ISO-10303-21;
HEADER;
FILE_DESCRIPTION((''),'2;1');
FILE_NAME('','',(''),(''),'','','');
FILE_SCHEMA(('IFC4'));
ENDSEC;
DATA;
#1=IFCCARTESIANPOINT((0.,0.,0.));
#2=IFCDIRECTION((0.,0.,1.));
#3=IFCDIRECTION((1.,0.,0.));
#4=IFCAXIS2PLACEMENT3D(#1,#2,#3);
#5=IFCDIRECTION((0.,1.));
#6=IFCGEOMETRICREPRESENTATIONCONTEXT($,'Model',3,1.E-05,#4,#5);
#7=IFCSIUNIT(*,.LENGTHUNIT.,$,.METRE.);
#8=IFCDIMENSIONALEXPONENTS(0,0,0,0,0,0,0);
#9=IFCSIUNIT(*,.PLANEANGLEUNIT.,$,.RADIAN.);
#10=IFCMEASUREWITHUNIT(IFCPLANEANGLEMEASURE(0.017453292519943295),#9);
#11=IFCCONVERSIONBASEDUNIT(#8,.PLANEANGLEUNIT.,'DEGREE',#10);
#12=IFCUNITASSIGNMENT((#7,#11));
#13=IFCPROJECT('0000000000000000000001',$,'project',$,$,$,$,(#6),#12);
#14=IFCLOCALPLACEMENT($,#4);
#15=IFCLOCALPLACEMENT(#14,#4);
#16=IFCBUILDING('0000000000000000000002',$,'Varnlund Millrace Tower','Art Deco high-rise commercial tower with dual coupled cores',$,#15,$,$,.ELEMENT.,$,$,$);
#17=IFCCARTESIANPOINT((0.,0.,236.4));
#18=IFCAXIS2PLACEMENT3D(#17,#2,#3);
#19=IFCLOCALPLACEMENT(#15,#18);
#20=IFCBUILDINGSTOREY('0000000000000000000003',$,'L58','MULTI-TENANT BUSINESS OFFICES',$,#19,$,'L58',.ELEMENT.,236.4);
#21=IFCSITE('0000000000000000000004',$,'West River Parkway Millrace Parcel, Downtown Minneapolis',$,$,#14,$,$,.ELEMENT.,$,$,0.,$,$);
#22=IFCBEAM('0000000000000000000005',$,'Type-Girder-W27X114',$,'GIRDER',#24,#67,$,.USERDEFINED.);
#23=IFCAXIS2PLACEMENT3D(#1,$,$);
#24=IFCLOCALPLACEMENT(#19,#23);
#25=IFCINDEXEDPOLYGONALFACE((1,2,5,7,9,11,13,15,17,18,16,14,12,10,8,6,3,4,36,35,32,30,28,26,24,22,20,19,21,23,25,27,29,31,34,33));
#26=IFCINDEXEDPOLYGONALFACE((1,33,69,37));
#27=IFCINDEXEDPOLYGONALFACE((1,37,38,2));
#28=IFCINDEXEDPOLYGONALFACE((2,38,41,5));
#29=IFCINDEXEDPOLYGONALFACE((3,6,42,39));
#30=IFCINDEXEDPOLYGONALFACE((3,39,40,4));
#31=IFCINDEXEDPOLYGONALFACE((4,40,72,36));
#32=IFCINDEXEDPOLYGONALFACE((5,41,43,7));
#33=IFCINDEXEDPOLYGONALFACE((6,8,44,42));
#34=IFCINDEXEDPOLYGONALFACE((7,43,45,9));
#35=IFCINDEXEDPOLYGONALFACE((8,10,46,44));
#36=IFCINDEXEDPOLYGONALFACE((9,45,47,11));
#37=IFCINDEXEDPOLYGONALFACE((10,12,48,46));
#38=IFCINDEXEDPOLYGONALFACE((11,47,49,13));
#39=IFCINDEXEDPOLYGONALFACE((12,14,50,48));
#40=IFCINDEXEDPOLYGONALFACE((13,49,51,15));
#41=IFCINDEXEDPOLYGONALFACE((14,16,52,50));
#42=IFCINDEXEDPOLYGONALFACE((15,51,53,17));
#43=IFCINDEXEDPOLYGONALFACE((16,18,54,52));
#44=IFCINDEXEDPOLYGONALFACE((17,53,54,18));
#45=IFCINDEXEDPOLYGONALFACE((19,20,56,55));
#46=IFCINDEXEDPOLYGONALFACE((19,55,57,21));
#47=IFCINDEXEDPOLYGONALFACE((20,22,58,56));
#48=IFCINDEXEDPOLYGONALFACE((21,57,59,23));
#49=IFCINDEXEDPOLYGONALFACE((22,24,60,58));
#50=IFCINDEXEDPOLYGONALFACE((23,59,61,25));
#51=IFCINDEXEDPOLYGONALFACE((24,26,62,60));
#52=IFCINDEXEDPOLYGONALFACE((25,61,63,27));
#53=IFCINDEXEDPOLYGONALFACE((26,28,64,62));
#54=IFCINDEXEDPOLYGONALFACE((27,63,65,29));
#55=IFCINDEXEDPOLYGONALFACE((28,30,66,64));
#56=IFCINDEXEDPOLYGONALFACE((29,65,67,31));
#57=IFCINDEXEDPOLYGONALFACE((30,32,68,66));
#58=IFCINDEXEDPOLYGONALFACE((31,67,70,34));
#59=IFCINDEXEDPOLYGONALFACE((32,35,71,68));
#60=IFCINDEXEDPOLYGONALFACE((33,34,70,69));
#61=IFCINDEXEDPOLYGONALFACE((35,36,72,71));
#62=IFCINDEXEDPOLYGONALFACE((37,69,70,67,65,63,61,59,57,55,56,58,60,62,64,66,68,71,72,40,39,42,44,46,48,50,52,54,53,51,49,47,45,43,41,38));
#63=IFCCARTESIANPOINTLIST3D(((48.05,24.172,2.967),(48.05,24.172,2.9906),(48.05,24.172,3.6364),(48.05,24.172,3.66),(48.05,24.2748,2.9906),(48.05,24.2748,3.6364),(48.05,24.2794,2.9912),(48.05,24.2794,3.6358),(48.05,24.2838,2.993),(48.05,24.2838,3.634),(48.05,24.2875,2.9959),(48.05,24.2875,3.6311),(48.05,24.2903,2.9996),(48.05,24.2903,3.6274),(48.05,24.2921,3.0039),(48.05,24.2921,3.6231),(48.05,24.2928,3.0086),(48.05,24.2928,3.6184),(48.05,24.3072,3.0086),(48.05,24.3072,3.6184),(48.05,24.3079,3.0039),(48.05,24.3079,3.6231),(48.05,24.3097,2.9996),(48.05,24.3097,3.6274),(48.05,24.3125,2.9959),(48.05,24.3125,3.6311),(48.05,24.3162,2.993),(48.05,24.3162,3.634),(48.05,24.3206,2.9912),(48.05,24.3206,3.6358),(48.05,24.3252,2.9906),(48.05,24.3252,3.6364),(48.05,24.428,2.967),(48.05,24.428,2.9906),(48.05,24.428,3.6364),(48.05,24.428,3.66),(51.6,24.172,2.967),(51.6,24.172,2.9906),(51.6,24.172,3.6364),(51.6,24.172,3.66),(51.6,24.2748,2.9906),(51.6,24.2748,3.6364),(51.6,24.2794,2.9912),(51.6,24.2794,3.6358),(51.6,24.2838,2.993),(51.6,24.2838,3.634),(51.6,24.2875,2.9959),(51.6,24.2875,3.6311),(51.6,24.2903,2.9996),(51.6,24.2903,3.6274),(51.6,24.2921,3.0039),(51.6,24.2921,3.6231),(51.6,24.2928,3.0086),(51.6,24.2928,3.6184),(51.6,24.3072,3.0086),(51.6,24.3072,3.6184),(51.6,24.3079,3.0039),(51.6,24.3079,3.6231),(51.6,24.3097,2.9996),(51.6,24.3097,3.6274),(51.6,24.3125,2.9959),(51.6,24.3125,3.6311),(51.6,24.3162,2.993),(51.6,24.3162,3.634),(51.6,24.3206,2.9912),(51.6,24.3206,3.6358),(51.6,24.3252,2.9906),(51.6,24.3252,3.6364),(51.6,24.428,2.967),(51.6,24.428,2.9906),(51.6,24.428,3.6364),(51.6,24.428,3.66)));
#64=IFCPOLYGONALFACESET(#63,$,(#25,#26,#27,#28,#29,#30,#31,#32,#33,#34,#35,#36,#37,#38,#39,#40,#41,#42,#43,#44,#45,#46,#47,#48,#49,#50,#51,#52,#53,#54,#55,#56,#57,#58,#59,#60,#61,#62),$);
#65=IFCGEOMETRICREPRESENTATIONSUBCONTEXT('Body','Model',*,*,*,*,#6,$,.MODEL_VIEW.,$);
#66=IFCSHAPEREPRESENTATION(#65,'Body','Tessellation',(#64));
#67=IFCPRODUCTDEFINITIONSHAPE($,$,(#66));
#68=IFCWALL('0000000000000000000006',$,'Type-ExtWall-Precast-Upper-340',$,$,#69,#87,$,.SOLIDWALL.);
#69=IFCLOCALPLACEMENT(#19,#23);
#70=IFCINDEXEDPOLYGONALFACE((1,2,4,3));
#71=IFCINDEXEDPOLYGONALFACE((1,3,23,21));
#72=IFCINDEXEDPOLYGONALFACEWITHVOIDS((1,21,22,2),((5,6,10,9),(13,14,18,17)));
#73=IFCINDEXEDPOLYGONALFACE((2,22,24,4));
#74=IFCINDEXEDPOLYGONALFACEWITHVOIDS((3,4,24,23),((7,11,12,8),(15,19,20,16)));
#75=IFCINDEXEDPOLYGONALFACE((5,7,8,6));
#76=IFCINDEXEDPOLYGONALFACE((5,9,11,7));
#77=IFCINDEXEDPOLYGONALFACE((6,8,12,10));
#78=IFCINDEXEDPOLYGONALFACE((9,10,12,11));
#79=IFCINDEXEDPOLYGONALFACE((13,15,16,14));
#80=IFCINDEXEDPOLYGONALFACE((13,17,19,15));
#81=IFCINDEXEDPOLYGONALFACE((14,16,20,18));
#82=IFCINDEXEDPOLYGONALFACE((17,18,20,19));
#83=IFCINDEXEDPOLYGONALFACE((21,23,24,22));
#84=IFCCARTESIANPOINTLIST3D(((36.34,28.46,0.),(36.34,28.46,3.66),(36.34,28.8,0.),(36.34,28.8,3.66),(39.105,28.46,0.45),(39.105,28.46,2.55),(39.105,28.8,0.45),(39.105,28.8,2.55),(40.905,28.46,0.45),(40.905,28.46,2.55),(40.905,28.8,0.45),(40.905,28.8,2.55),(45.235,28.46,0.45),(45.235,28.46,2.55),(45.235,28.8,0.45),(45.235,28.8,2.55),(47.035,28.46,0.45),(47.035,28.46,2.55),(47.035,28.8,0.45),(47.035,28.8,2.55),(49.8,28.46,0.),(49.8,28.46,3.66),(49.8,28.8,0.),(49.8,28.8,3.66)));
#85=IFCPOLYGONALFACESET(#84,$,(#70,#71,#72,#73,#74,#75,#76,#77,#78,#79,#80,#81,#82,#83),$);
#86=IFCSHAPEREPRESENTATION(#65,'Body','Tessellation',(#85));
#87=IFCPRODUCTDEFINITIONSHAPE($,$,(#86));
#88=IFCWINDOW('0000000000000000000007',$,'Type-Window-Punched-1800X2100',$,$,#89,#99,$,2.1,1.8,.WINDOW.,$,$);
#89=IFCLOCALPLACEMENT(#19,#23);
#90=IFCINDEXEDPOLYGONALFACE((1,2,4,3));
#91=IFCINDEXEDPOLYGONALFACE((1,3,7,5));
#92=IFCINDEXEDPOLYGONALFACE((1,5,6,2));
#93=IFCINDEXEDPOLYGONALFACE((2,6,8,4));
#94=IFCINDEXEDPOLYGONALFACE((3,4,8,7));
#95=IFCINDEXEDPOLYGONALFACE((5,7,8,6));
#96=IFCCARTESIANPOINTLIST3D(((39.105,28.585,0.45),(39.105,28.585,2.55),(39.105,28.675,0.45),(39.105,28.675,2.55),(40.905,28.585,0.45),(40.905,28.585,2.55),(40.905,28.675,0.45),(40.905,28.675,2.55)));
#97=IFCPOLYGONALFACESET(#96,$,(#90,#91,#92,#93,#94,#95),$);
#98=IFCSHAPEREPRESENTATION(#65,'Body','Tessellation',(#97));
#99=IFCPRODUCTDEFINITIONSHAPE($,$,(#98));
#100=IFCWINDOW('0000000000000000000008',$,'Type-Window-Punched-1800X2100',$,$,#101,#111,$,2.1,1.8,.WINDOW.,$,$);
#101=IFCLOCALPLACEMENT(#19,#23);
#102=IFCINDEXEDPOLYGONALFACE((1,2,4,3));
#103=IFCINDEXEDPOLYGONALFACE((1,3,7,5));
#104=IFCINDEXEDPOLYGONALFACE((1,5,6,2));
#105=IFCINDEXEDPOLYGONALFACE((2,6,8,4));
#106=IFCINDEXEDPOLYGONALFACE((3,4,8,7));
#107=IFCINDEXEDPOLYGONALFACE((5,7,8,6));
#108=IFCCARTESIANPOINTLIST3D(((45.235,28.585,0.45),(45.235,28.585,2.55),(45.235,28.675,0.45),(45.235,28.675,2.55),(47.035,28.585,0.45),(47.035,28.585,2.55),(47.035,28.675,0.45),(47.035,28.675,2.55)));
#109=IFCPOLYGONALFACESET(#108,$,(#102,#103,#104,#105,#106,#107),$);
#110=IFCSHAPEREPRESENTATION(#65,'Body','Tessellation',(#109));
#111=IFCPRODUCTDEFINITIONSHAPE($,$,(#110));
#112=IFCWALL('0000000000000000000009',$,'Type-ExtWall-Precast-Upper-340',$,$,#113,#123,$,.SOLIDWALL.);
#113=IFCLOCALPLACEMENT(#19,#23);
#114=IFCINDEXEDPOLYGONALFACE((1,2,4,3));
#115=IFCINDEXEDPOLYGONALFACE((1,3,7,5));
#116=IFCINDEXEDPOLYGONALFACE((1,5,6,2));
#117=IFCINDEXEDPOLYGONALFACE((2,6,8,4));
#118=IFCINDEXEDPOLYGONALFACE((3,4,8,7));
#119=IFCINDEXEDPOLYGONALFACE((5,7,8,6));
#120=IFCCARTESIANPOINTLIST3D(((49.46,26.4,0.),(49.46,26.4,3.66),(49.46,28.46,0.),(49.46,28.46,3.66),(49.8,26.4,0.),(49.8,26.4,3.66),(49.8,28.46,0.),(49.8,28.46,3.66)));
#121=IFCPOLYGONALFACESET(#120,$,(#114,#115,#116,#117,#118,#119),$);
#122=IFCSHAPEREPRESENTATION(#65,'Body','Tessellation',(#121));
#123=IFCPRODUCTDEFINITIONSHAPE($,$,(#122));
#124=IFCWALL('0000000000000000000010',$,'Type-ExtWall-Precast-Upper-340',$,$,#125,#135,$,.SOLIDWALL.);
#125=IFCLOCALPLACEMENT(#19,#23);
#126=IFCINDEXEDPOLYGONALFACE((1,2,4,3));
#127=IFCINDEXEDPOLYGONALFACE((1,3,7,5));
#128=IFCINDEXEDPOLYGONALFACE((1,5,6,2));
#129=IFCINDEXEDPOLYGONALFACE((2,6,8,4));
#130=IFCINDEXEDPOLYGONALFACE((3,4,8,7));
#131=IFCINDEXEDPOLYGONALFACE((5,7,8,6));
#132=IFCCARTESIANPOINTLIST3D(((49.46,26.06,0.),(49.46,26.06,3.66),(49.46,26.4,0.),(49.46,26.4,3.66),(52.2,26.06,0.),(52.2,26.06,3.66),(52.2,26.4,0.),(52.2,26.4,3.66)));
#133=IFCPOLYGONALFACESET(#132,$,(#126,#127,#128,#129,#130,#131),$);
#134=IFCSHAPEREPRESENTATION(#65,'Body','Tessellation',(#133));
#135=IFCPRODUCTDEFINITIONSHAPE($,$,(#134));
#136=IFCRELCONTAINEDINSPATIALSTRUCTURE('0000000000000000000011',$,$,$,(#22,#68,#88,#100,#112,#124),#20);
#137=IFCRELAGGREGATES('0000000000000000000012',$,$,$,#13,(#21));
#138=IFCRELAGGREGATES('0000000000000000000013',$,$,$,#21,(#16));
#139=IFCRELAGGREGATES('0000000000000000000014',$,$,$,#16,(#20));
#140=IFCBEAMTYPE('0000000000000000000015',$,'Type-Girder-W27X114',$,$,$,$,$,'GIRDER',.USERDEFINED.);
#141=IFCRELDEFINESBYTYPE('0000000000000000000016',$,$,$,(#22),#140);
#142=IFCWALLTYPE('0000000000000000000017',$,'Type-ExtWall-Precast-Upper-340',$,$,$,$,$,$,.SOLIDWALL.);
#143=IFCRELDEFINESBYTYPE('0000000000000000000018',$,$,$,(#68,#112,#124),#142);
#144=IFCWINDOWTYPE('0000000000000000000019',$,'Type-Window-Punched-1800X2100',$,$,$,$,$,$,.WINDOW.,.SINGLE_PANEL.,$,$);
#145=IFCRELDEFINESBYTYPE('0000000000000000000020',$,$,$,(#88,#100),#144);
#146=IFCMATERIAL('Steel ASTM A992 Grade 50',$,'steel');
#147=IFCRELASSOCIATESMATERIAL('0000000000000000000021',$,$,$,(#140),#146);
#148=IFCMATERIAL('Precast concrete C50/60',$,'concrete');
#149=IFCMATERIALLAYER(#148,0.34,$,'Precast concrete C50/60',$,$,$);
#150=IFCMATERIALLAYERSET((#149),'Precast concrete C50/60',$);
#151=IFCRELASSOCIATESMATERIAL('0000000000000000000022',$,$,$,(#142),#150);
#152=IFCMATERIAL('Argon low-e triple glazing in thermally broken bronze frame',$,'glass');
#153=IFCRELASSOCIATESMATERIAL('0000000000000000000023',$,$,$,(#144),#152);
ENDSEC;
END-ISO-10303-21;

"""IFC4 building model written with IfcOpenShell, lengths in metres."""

from ifc_helpers import new_model, entity, si_unit, converted_unit, direction, frame, origin_with_axes, origin_2d_with_axis, place, context, subcontext, project, spatial, polyline, rectangle, i_section, outline, extrude, material, layer, layer_set, material_profile, profile_set, type_object, element, fill, save


model = new_model("IFC4")

# Units and contexts
model_context = context("Model", 3, precision=1e-05, world=origin_with_axes(), true_north=direction((0.0, 1.0)))
body_context = subcontext(model_context, "Body", "Model", "MODEL_VIEW")
ifc_project = project(units=[si_unit("LENGTHUNIT", "METRE"), converted_unit("PLANEANGLEUNIT", "DEGREE", entity("IfcPlaneAngleMeasure", 0.017453292519943295), si_unit("PLANEANGLEUNIT", "RADIAN"), dimensions=[0, 0, 0, 0, 0, 0, 0])], contexts=[model_context])

# Site, building, storey
site_placement = place(None, origin_with_axes())
site = spatial("IfcSite", under=ifc_project, at=site_placement, Name="West River Parkway Millrace Parcel, Downtown Minneapolis", CompositionType="ELEMENT", RefElevation=0.0)
building_placement = place(site_placement, origin_with_axes())
building = spatial("IfcBuilding", under=site, at=building_placement, Name="Varnlund Millrace Tower", Description="Art Deco high-rise commercial tower with dual coupled cores", CompositionType="ELEMENT")
storey_placement = place(building_placement, frame((0.0, 0.0, 236.4), z_axis=(0.0, 0.0, 1.0), x_axis=(1.0, 0.0, 0.0)))
storey = spatial("IfcBuildingStorey", under=building, at=storey_placement, Name="L58", Description="MULTI-TENANT BUSINESS OFFICES", LongName="L58", CompositionType="ELEMENT", Elevation=236.4)

# Beam
ifc_material_1 = material(Name="Steel ASTM A992 Grade 50", Category="steel")
ifc_material_profile = material_profile(ifc_material_1, i_section(OverallWidth=0.256, OverallDepth=0.693, WebThickness=0.0145, FlangeThickness=0.0236, FilletRadius=0.018, at=origin_2d_with_axis()), Name="Steel ASTM A992 Grade 50")
ifc_profile_set = profile_set([ifc_material_profile], Name="Steel ASTM A992 Grade 50")
beam_type = type_object("IfcBeamType", Name="Type-Girder-W27X114", ElementType="GIRDER", PredefinedType="USERDEFINED", material=ifc_profile_set)
beam_placement = place(storey_placement, frame((48.05, 24.3, 3.3135), z_axis=(1.0, 0.0, 0.0), x_axis=(0.0, 1.0, 0.0)))
element("IfcBeam", 1, at=beam_placement, inside=storey, type_object=beam_type, Name="Type-Girder-W27X114", ObjectType="GIRDER", PredefinedType="USERDEFINED", context=body_context, shape_type="SweptSolid", body=[
    extrude(i_section(OverallWidth=0.256, OverallDepth=0.693, WebThickness=0.0145, FlangeThickness=0.0236, FilletRadius=0.018, at=origin_2d_with_axis()), origin_with_axes(), (0.0, 0.0, 1.0), 3.55),
])

# Wall, openings, windows
ifc_material_2 = material(Name="Precast concrete C50/60", Category="concrete")
ifc_layer_1 = layer(ifc_material_2, 0.34, Name="Precast concrete C50/60")
ifc_layer_set_1 = layer_set([ifc_layer_1], Name="Precast concrete C50/60")
wall_type_1 = type_object("IfcWallType", Name="Type-ExtWall-Precast-Upper-340", PredefinedType="SOLIDWALL", material=ifc_layer_set_1)
wall_1_placement = place(storey_placement, frame((36.34, 28.63, 0.0), z_axis=(0.0, 0.0, 1.0), x_axis=(1.0, 0.0, 0.0)))
wall_1 = element("IfcWall", 2, at=wall_1_placement, inside=storey, type_object=wall_type_1, Name="Type-ExtWall-Precast-Upper-340", PredefinedType="SOLIDWALL", context=body_context, shape_type="SweptSolid", body=[
    extrude(outline(polyline([(0.0, -0.17), (13.46, -0.17), (13.46, 0.17), (0.0, 0.17), (0.0, -0.17)])), origin_with_axes(), (0.0, 0.0, 1.0), 3.66),
])
opening_1_placement = place(wall_1_placement, frame((3.665, 0.0, 0.45), z_axis=(0.0, 0.0, 1.0), x_axis=(1.0, 0.0, 0.0)))
opening_1 = element("IfcOpeningElement", 3, at=opening_1_placement, cuts=wall_1, PredefinedType="OPENING", context=body_context, shape_type="SweptSolid", body=[
    extrude(rectangle(XDim=1.8, YDim=0.36, at=origin_2d_with_axis()), origin_with_axes(), (0.0, 0.0, 1.0), 2.1),
])
opening_2_placement = place(wall_1_placement, frame((9.795, 0.0, 0.45), z_axis=(0.0, 0.0, 1.0), x_axis=(1.0, 0.0, 0.0)))
opening_2 = element("IfcOpeningElement", 4, at=opening_2_placement, cuts=wall_1, PredefinedType="OPENING", context=body_context, shape_type="SweptSolid", body=[
    extrude(rectangle(XDim=1.8, YDim=0.36, at=origin_2d_with_axis()), origin_with_axes(), (0.0, 0.0, 1.0), 2.1),
])
ifc_material_3 = material(Name="Argon low-e triple glazing in thermally broken bronze frame", Category="glass")
window_type = type_object("IfcWindowType", Name="Type-Window-Punched-1800X2100", PartitioningType="SINGLE_PANEL", PredefinedType="WINDOW", material=ifc_material_3)
window_1_placement = place(wall_1_placement, frame((3.665, 0.0, 0.45), z_axis=(0.0, 0.0, 1.0), x_axis=(1.0, 0.0, 0.0)))
window_1 = element("IfcWindow", 5, at=window_1_placement, inside=storey, type_object=window_type, Name="Type-Window-Punched-1800X2100", OverallHeight=2.1, OverallWidth=1.8, PredefinedType="WINDOW", context=body_context, shape_type="SweptSolid", body=[
    extrude(rectangle(XDim=1.8, YDim=0.09, at=origin_2d_with_axis()), origin_with_axes(), (0.0, 0.0, 1.0), 2.1),
])
fill(opening_1, window_1)
window_2_placement = place(wall_1_placement, frame((9.795, 0.0, 0.45), z_axis=(0.0, 0.0, 1.0), x_axis=(1.0, 0.0, 0.0)))
window_2 = element("IfcWindow", 6, at=window_2_placement, inside=storey, type_object=window_type, Name="Type-Window-Punched-1800X2100", OverallHeight=2.1, OverallWidth=1.8, PredefinedType="WINDOW", context=body_context, shape_type="SweptSolid", body=[
    extrude(rectangle(XDim=1.8, YDim=0.09, at=origin_2d_with_axis()), origin_with_axes(), (0.0, 0.0, 1.0), 2.1),
])
fill(opening_2, window_2)

# Walls
wall_2_placement = place(storey_placement, frame((49.63, 28.46, 0.0), z_axis=(0.0, 0.0, 1.0), x_axis=(0.0, -1.0, 0.0)))
element("IfcWall", 7, at=wall_2_placement, inside=storey, type_object=wall_type_1, Name="Type-ExtWall-Precast-Upper-340", PredefinedType="SOLIDWALL", context=body_context, shape_type="SweptSolid", body=[
    extrude(outline(polyline([(0.0, -0.17), (2.06, -0.17), (2.06, 0.17), (0.0, 0.17), (0.0, -0.17)])), origin_with_axes(), (0.0, 0.0, 1.0), 3.66),
])
wall_3_placement = place(storey_placement, frame((49.46, 26.23, 0.0), z_axis=(0.0, 0.0, 1.0), x_axis=(1.0, 0.0, 0.0)))
element("IfcWall", 8, at=wall_3_placement, inside=storey, type_object=wall_type_1, Name="Type-ExtWall-Precast-Upper-340", PredefinedType="SOLIDWALL", context=body_context, shape_type="SweptSolid", body=[
    extrude(outline(polyline([(0.0, -0.17), (2.74, -0.17), (2.74, 0.17), (0.0, 0.17), (0.0, -0.17)])), origin_with_axes(), (0.0, 0.0, 1.0), 3.66),
])

save(model, "model.ifc")
